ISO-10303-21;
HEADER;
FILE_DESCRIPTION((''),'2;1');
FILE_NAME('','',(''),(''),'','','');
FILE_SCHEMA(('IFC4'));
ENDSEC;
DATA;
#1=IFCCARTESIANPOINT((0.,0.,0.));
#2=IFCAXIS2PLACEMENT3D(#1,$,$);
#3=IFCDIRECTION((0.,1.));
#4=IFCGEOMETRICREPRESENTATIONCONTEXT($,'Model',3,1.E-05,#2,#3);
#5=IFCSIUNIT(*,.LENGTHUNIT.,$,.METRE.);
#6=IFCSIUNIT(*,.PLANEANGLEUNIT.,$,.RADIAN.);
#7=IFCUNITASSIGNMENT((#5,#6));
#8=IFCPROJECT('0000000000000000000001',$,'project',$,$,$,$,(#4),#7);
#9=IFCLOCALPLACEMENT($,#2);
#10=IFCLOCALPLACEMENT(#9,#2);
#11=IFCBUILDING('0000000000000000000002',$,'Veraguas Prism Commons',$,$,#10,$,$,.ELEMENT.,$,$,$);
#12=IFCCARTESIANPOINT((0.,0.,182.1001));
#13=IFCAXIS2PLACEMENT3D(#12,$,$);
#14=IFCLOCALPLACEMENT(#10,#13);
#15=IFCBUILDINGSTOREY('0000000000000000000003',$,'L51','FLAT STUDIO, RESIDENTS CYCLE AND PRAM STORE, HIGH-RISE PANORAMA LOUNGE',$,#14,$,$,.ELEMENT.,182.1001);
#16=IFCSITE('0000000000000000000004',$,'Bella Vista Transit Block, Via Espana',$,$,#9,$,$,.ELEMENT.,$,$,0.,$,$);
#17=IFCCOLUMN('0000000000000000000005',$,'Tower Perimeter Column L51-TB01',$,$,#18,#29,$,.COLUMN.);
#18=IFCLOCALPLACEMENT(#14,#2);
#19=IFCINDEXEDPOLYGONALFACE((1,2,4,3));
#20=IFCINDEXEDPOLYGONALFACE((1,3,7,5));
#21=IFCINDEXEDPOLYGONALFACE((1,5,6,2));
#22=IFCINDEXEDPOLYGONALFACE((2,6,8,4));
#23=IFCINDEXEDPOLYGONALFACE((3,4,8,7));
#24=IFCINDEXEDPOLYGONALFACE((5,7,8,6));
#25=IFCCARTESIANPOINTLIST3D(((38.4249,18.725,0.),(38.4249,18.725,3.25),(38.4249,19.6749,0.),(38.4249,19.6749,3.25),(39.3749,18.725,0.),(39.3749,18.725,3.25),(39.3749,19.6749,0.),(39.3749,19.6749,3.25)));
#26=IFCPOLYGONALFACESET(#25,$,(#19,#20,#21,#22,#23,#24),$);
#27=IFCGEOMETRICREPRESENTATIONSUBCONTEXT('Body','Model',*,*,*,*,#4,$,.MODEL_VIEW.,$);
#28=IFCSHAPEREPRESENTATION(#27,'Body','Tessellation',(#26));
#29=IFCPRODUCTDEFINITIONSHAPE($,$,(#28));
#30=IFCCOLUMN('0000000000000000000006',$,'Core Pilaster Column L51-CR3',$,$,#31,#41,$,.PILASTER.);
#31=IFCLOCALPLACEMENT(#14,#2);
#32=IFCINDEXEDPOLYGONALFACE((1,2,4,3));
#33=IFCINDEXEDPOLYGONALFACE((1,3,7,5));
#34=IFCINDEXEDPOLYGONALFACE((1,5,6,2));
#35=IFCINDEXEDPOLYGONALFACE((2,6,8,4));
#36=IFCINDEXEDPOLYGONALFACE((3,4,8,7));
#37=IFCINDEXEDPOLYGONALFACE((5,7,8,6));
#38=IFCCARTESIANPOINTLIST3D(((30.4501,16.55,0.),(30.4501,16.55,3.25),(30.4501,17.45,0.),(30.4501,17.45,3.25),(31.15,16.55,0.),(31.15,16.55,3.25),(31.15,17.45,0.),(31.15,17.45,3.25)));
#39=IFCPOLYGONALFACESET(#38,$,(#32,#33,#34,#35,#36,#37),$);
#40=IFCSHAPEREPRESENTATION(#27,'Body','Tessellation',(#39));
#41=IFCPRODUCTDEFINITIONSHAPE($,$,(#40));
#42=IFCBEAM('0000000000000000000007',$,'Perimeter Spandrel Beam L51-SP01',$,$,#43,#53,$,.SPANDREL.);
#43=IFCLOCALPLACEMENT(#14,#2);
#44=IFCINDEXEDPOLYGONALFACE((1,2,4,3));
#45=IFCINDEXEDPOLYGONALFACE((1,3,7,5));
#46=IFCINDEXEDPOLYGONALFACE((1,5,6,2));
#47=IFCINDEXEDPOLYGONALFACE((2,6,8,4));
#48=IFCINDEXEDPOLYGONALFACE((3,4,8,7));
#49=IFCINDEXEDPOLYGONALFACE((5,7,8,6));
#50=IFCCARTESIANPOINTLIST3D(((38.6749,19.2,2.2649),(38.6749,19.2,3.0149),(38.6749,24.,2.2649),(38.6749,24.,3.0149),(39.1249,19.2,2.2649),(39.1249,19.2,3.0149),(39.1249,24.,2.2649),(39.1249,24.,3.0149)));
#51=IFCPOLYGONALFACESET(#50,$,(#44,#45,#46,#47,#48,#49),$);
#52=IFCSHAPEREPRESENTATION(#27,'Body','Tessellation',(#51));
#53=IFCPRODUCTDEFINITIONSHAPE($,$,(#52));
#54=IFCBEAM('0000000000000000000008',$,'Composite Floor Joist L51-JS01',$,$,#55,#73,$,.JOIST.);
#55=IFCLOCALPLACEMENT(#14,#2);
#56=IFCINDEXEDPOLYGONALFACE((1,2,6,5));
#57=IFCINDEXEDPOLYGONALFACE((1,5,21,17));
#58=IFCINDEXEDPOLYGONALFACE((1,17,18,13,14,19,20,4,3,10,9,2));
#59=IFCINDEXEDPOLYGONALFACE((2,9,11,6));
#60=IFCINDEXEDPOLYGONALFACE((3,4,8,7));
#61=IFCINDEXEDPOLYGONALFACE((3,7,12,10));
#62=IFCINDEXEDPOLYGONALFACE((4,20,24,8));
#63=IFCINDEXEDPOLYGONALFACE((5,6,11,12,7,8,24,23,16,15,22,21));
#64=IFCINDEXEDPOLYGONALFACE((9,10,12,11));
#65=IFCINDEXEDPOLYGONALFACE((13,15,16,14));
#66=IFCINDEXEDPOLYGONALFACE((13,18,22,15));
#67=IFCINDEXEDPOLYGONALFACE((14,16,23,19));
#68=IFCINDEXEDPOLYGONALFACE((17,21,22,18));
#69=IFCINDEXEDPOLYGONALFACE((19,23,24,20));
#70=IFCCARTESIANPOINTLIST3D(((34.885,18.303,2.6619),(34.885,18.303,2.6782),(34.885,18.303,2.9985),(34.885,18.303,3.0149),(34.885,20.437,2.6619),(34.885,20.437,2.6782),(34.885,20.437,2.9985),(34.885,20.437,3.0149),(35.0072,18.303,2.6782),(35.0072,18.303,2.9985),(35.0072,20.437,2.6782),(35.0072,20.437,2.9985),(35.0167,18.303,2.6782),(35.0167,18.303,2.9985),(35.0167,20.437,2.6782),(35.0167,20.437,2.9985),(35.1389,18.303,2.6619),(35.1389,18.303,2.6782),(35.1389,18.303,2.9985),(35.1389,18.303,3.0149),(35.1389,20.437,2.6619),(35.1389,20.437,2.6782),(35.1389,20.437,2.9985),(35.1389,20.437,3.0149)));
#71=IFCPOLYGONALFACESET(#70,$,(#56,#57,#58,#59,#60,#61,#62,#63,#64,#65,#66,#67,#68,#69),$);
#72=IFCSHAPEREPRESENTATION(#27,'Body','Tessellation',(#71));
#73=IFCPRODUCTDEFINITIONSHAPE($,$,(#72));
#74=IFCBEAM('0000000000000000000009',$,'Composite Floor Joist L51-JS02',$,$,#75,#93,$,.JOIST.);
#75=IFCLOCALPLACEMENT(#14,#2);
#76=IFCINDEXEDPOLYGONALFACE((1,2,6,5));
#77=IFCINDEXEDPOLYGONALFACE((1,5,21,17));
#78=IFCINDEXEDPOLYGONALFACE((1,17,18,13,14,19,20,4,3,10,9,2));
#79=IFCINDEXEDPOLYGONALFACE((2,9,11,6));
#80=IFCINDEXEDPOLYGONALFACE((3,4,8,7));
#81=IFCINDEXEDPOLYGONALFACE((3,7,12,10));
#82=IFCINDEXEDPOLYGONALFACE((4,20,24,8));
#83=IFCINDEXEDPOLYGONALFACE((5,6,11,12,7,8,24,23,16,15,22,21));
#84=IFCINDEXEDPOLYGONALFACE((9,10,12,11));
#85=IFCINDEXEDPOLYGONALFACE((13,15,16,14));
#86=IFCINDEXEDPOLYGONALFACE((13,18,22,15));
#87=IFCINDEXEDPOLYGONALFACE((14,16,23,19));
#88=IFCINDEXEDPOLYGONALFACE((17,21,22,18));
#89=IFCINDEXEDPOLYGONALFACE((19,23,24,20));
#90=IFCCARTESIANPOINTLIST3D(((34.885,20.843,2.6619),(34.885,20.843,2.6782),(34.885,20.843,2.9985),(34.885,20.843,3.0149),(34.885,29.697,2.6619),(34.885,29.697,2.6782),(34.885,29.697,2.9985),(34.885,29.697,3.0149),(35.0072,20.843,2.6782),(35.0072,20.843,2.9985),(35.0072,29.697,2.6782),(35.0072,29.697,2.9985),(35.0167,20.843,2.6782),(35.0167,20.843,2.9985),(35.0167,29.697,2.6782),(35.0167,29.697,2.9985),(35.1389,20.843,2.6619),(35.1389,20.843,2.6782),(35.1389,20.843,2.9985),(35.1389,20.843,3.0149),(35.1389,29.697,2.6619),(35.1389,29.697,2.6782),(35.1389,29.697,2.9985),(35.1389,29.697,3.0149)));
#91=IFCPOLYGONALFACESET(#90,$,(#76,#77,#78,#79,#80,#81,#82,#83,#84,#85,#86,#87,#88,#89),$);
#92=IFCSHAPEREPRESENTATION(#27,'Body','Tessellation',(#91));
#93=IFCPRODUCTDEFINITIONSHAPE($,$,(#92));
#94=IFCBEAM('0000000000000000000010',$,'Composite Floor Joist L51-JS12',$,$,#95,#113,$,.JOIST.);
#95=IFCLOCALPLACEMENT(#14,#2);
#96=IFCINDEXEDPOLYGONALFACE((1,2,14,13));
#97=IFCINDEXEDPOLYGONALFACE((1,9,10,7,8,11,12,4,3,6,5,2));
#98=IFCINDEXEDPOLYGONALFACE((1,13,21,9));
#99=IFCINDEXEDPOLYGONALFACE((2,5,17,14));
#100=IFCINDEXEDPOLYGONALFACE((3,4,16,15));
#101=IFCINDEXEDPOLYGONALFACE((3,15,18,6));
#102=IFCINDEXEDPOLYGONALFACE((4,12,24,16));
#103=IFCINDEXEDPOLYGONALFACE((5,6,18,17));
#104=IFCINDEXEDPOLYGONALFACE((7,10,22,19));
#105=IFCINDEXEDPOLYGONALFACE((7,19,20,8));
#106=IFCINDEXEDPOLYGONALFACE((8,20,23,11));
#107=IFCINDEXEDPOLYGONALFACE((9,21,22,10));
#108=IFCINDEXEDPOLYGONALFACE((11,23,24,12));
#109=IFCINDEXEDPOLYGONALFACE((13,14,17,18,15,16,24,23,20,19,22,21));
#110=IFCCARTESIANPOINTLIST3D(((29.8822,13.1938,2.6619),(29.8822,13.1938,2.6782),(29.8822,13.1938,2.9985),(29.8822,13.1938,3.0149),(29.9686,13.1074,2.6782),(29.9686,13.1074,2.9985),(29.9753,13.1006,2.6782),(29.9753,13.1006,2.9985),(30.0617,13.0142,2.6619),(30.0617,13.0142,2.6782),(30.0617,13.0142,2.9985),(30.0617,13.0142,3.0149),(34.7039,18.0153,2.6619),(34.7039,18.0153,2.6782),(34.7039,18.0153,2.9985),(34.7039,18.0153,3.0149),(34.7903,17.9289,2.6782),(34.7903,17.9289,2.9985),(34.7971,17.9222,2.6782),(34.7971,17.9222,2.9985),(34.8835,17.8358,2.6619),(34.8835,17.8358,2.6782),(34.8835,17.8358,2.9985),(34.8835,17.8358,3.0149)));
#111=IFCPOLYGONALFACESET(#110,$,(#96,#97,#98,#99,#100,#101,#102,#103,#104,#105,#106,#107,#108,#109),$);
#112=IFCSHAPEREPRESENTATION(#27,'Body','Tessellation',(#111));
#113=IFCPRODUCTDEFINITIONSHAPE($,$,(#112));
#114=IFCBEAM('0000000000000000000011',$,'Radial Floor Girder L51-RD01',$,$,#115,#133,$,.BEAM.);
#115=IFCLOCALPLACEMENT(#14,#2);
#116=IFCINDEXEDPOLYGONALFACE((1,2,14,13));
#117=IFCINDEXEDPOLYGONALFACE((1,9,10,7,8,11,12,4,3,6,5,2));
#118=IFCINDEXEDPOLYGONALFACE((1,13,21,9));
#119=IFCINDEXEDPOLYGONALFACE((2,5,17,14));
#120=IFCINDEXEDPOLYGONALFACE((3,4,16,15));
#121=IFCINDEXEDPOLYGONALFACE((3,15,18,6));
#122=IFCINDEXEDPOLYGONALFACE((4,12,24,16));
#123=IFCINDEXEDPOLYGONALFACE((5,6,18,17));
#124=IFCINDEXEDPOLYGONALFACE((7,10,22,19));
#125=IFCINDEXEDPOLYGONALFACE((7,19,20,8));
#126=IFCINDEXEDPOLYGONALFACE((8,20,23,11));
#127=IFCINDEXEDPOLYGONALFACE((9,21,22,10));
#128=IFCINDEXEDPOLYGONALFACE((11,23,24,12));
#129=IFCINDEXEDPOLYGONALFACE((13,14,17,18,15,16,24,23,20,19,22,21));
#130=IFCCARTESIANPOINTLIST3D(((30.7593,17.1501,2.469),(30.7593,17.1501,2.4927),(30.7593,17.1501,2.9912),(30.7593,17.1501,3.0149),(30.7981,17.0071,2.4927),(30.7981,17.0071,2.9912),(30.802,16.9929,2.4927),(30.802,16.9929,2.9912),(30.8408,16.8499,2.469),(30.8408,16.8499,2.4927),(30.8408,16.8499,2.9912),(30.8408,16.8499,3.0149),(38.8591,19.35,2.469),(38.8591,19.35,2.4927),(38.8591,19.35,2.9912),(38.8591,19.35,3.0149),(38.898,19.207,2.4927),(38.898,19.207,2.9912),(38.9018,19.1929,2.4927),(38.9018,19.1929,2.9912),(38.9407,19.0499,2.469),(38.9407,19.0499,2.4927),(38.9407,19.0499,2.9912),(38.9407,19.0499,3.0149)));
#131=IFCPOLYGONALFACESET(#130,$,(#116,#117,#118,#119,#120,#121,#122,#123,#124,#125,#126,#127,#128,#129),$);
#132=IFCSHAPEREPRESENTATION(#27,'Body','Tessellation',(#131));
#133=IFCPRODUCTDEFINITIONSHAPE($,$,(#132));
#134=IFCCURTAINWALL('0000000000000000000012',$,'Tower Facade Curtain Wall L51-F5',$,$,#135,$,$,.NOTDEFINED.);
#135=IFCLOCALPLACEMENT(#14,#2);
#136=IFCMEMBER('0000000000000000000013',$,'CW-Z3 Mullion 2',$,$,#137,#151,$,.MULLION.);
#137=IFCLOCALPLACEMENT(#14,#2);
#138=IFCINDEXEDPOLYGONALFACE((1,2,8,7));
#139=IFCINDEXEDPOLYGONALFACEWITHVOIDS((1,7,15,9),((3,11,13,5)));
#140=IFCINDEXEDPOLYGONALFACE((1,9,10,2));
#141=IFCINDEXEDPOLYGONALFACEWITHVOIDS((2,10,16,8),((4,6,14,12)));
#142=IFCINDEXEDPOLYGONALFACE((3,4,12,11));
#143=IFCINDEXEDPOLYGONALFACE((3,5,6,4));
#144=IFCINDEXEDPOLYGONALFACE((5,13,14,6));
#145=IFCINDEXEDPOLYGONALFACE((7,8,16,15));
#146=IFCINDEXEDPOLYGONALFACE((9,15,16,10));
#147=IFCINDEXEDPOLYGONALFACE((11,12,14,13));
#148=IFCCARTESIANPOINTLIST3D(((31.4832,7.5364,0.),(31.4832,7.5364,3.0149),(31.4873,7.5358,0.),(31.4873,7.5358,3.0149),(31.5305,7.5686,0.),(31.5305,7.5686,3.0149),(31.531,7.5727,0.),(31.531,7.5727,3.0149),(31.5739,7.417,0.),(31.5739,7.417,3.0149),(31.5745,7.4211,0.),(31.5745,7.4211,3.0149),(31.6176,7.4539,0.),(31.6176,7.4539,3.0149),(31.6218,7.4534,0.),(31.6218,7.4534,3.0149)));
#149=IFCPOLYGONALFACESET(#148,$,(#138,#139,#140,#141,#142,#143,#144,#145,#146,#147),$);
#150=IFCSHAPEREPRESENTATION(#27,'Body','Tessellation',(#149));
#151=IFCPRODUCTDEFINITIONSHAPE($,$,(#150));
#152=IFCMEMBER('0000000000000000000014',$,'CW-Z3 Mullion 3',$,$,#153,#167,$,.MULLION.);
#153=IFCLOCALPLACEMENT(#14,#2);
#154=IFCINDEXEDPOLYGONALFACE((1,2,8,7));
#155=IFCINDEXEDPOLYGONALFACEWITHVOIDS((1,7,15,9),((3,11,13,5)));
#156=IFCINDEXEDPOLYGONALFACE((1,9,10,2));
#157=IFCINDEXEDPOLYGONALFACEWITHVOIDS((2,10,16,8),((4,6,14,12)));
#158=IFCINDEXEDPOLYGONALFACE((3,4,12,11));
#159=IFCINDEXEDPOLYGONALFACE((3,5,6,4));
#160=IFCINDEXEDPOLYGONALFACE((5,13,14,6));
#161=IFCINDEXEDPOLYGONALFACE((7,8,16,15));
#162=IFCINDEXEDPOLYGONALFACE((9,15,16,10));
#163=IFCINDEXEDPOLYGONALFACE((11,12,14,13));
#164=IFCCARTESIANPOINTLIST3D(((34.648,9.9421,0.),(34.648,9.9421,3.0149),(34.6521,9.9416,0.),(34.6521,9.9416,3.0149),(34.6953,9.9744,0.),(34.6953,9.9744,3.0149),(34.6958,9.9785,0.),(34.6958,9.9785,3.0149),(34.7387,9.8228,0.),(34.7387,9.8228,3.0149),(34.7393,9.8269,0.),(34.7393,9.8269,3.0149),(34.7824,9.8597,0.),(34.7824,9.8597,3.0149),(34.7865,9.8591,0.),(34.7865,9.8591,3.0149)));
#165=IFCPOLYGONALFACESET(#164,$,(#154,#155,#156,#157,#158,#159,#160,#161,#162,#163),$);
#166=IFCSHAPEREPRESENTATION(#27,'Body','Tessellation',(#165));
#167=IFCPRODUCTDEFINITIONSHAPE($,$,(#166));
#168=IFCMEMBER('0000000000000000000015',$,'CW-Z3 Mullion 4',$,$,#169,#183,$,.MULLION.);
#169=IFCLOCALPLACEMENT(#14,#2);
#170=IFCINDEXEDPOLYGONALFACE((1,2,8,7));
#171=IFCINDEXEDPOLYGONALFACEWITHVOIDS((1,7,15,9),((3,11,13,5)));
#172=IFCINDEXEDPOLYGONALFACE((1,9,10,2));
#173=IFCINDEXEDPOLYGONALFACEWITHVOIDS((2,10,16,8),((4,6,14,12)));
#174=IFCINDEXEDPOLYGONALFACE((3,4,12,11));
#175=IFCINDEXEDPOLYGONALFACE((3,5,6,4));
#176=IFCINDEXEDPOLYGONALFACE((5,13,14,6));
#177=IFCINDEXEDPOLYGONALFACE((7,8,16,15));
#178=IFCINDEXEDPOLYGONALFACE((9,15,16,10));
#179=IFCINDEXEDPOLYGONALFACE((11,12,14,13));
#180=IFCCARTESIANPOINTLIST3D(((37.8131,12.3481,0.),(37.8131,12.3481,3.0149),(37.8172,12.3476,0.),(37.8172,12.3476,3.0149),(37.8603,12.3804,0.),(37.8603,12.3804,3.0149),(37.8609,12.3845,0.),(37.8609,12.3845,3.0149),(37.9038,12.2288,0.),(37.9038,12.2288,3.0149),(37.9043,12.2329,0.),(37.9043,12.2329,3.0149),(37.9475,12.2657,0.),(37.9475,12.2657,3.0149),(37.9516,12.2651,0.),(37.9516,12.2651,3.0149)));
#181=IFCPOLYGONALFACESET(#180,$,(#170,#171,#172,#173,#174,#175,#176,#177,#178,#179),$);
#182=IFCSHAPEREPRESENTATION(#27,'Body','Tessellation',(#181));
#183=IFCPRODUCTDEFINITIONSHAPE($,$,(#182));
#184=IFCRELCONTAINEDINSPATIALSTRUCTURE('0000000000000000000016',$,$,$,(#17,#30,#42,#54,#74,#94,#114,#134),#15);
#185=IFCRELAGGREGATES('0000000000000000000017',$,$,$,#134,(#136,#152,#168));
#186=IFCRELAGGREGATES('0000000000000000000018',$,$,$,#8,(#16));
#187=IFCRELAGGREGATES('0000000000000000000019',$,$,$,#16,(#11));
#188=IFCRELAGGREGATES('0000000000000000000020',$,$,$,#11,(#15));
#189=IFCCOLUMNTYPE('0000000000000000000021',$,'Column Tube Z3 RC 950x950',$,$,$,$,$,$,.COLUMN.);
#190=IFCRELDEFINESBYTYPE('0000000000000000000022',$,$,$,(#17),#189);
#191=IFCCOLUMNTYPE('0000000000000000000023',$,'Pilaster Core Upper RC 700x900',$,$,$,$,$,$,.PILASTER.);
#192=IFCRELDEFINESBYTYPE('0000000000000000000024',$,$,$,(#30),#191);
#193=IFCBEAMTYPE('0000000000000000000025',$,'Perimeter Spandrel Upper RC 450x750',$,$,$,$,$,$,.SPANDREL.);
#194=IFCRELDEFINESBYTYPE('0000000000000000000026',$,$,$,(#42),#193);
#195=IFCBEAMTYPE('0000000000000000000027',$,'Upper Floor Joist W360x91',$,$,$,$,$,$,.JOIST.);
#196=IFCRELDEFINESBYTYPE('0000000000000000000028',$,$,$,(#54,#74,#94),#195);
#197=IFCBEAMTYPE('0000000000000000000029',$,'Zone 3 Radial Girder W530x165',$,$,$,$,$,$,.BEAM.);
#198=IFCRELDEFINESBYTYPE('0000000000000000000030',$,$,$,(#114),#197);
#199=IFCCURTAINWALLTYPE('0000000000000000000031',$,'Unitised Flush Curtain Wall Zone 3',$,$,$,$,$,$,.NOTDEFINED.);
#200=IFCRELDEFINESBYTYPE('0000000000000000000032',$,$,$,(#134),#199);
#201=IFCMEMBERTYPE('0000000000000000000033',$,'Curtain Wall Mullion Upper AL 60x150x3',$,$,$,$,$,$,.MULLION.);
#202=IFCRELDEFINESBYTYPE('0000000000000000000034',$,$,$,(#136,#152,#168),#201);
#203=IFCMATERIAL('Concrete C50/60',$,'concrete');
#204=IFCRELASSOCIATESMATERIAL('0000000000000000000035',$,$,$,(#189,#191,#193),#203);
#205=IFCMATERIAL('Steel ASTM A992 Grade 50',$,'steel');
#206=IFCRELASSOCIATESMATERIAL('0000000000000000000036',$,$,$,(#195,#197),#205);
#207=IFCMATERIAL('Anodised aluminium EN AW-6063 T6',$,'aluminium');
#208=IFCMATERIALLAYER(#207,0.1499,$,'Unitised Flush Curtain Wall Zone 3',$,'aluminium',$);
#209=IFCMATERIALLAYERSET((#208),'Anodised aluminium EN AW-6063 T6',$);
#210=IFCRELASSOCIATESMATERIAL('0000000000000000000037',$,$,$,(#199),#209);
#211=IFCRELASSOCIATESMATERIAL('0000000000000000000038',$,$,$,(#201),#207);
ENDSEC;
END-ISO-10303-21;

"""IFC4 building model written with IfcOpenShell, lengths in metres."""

from ifc_helpers import new_model, si_unit, direction, frame, origin, origin_2d, place, context, subcontext, project, spatial, rectangle, hollow_rectangle, i_section, extrude, source, transform, mapped, material, layer, layer_set, material_profile, profile_set, type_object, element, aggregate, save


model = new_model("IFC4")

# Units and contexts
model_context = context("Model", 3, precision=1e-05, world=origin(), true_north=direction((0.0, 1.0)))
body_context = subcontext(model_context, "Body", "Model", "MODEL_VIEW")
ifc_project = project(units=[si_unit("LENGTHUNIT", "METRE"), si_unit("PLANEANGLEUNIT", "RADIAN")], contexts=[model_context])

# Site, building, storey
site_placement = place(None, origin())
site = spatial("IfcSite", under=ifc_project, at=site_placement, Name="Bella Vista Transit Block, Via Espana", CompositionType="ELEMENT", RefElevation=0.0)
building_placement = place(site_placement, origin())
building = spatial("IfcBuilding", under=site, at=building_placement, Name="Veraguas Prism Commons", CompositionType="ELEMENT")
storey_placement = place(building_placement, frame((0.0, 0.0, 182.1001)))
storey = spatial("IfcBuildingStorey", under=building, at=storey_placement, Name="L51", Description="FLAT STUDIO, RESIDENTS CYCLE AND PRAM STORE, HIGH-RISE PANORAMA LOUNGE", CompositionType="ELEMENT", Elevation=182.1001)

# Columns
ifc_material_1 = material(Name="Concrete C50/60", Category="concrete")
ifc_material_profile_1 = material_profile(ifc_material_1, rectangle(XDim=0.95, YDim=0.95, at=origin_2d()), Name="RC950X950")
ifc_profile_set_1 = profile_set([ifc_material_profile_1], Name="Concrete C50/60")
column_type_1 = type_object("IfcColumnType", Name="Column Tube Z3 RC 950x950", PredefinedType="COLUMN", material=ifc_profile_set_1)
column_1_placement = place(storey_placement, frame((38.8999, 19.2, 0.0), z_axis=(0.0, 0.0, 1.0), x_axis=(1.0, 0.0, 0.0)))
element("IfcColumn", 1, at=column_1_placement, inside=storey, type_object=column_type_1, Name="Tower Perimeter Column L51-TB01", PredefinedType="COLUMN", context=body_context, shape_type="SweptSolid", body=[
    extrude(rectangle(XDim=0.95, YDim=0.95, at=origin_2d()), origin(), (0.0, 0.0, 1.0), 3.25),
])
ifc_material_profile_2 = material_profile(ifc_material_1, rectangle(XDim=0.7, YDim=0.8999, at=origin_2d()), Name="RC700X900")
ifc_profile_set_2 = profile_set([ifc_material_profile_2], Name="Concrete C50/60")
column_type_2 = type_object("IfcColumnType", Name="Pilaster Core Upper RC 700x900", PredefinedType="PILASTER", material=ifc_profile_set_2)
column_2_placement = place(storey_placement, frame((30.8, 17.0, 0.0), z_axis=(0.0, 0.0, 1.0), x_axis=(1.0, 0.0, 0.0)))
element("IfcColumn", 2, at=column_2_placement, inside=storey, type_object=column_type_2, Name="Core Pilaster Column L51-CR3", PredefinedType="PILASTER", context=body_context, shape_type="SweptSolid", body=[
    extrude(rectangle(XDim=0.7, YDim=0.8999, at=origin_2d()), origin(), (0.0, 0.0, 1.0), 3.25),
])

# Beams
ifc_material_profile_3 = material_profile(ifc_material_1, rectangle(XDim=0.45, YDim=0.75, at=origin_2d()), Name="RC450X750")
ifc_profile_set_3 = profile_set([ifc_material_profile_3], Name="Concrete C50/60")
beam_type_1 = type_object("IfcBeamType", Name="Perimeter Spandrel Upper RC 450x750", PredefinedType="SPANDREL", material=ifc_profile_set_3)
beam_1_placement = place(storey_placement, frame((38.8999, 19.2, 2.6399), z_axis=(0.0, 1.0, 0.0), x_axis=(-1.0, 0.0, 0.0)))
element("IfcBeam", 3, at=beam_1_placement, inside=storey, type_object=beam_type_1, Name="Perimeter Spandrel Beam L51-SP01", PredefinedType="SPANDREL", context=body_context, shape_type="SweptSolid", body=[
    extrude(rectangle(XDim=0.45, YDim=0.75, at=origin_2d()), origin(), (0.0, 0.0, 1.0), 4.8),
])
ifc_material_2 = material(Name="Steel ASTM A992 Grade 50", Category="steel")
ifc_material_profile_4 = material_profile(ifc_material_2, i_section(OverallWidth=0.2539, OverallDepth=0.353, WebThickness=0.0095, FlangeThickness=0.0164, at=origin_2d()), Name="W360X91")
ifc_profile_set_4 = profile_set([ifc_material_profile_4], Name="Steel ASTM A992 Grade 50")
beam_type_2 = type_object("IfcBeamType", Name="Upper Floor Joist W360x91", PredefinedType="JOIST", material=ifc_profile_set_4)
beam_2_placement = place(storey_placement, frame((35.012, 18.303, 2.8384), z_axis=(0.0, 1.0, 0.0), x_axis=(-1.0, 0.0, 0.0)))
element("IfcBeam", 4, at=beam_2_placement, inside=storey, type_object=beam_type_2, Name="Composite Floor Joist L51-JS01", PredefinedType="JOIST", context=body_context, shape_type="SweptSolid", body=[
    extrude(i_section(OverallWidth=0.2539, OverallDepth=0.353, WebThickness=0.0095, FlangeThickness=0.0164, at=origin_2d()), origin(), (0.0, 0.0, 1.0), 2.134),
])
beam_3_placement = place(storey_placement, frame((35.012, 20.843, 2.8384), z_axis=(0.0, 1.0, 0.0), x_axis=(-1.0, 0.0, 0.0)))
element("IfcBeam", 5, at=beam_3_placement, inside=storey, type_object=beam_type_2, Name="Composite Floor Joist L51-JS02", PredefinedType="JOIST", context=body_context, shape_type="SweptSolid", body=[
    extrude(i_section(OverallWidth=0.2539, OverallDepth=0.353, WebThickness=0.0095, FlangeThickness=0.0164, at=origin_2d()), origin(), (0.0, 0.0, 1.0), 8.854),
])
beam_4_placement = place(storey_placement, frame((29.9719, 13.104, 2.8384), z_axis=(0.707125, 0.707089, 0.0), x_axis=(-0.707089, 0.707125, 0.0)))
element("IfcBeam", 6, at=beam_4_placement, inside=storey, type_object=beam_type_2, Name="Composite Floor Joist L51-JS12", PredefinedType="JOIST", context=body_context, shape_type="SweptSolid", body=[
    extrude(i_section(OverallWidth=0.2539, OverallDepth=0.353, WebThickness=0.0095, FlangeThickness=0.0164, at=origin_2d()), origin(), (0.0, 0.0, 1.0), 6.8188),
])
ifc_material_profile_5 = material_profile(ifc_material_2, i_section(OverallWidth=0.311, OverallDepth=0.5459, WebThickness=0.0146, FlangeThickness=0.0237, at=origin_2d()), Name="W530X165")
ifc_profile_set_5 = profile_set([ifc_material_profile_5], Name="Steel ASTM A992 Grade 50")
beam_type_3 = type_object("IfcBeamType", Name="Zone 3 Radial Girder W530x165", PredefinedType="BEAM", material=ifc_profile_set_5)
beam_5_placement = place(storey_placement, frame((38.8999, 19.2, 2.7419), z_axis=(-0.965039, -0.262108, 0.0), x_axis=(0.262108, -0.965039, 0.0)))
element("IfcBeam", 7, at=beam_5_placement, inside=storey, type_object=beam_type_3, Name="Radial Floor Girder L51-RD01", PredefinedType="BEAM", context=body_context, shape_type="SweptSolid", body=[
    extrude(i_section(OverallWidth=0.311, OverallDepth=0.5459, WebThickness=0.0146, FlangeThickness=0.0237, at=origin_2d()), origin(), (0.0, 0.0, 1.0), 8.3933),
])

# Curtain wall, members
ifc_material_3 = material(Name="Anodised aluminium EN AW-6063 T6", Category="aluminium")
ifc_layer_1 = layer(ifc_material_3, 0.1499, Name="Unitised Flush Curtain Wall Zone 3", Category="aluminium")
ifc_layer_set_1 = layer_set([ifc_layer_1], Name="Anodised aluminium EN AW-6063 T6")
curtain_wall_type = type_object("IfcCurtainWallType", Name="Unitised Flush Curtain Wall Zone 3", PredefinedType="NOTDEFINED", material=ifc_layer_set_1)
curtain_wall_1_placement = place(storey_placement, origin())
curtain_wall_1 = element("IfcCurtainWall", 8, at=curtain_wall_1_placement, inside=storey, type_object=curtain_wall_type, Name="Tower Facade Curtain Wall L51-F5", PredefinedType="NOTDEFINED")
ifc_material_profile_6 = material_profile(ifc_material_3, hollow_rectangle(XDim=0.0601, YDim=0.1499, WallThickness=0.0029, at=origin_2d()), Name="AL60X150X3")
ifc_profile_set_6 = profile_set([ifc_material_profile_6], Name="Anodised aluminium EN AW-6063 T6")
member_type_1 = type_object("IfcMemberType", Name="Curtain Wall Mullion Upper AL 60x150x3", PredefinedType="MULLION", material=ifc_profile_set_6)
shared_shape_1 = source(origin(), body_context, "Body", "SweptSolid", [
    extrude(hollow_rectangle(XDim=0.0601, YDim=0.1499, WallThickness=0.0029, at=origin_2d()), origin(), (0.0, 0.0, 1.0), 3.0149),
])
member_1_placement = place(storey_placement, frame((31.5525, 7.4949, 0.0), z_axis=(0.0, 0.0, 1.0), x_axis=(0.796104, 0.605159, 0.0)))
member_1 = element("IfcMember", 9, at=member_1_placement, type_object=member_type_1, Name="CW-Z3 Mullion 2", PredefinedType="MULLION", context=body_context, shape_type="MappedRepresentation", body=[
    mapped(shared_shape_1, transform((0.0, 0.0, 0.0), scale=1.0)),
])
member_2_placement = place(storey_placement, frame((34.7173, 9.9006, 0.0), z_axis=(0.0, 0.0, 1.0), x_axis=(0.796104, 0.605159, 0.0)))
member_2 = element("IfcMember", 10, at=member_2_placement, type_object=member_type_1, Name="CW-Z3 Mullion 3", PredefinedType="MULLION", context=body_context, shape_type="MappedRepresentation", body=[
    mapped(shared_shape_1, transform((0.0, 0.0, 0.0), scale=1.0)),
])
member_3_placement = place(storey_placement, frame((37.8823, 12.3066, 0.0), z_axis=(0.0, 0.0, 1.0), x_axis=(0.796104, 0.605159, 0.0)))
member_3 = element("IfcMember", 11, at=member_3_placement, type_object=member_type_1, Name="CW-Z3 Mullion 4", PredefinedType="MULLION", context=body_context, shape_type="MappedRepresentation", body=[
    mapped(shared_shape_1, transform((0.0, 0.0, 0.0), scale=1.0)),
])

aggregate(curtain_wall_1, [member_1, member_2, member_3])

save(model, "model.ifc")
